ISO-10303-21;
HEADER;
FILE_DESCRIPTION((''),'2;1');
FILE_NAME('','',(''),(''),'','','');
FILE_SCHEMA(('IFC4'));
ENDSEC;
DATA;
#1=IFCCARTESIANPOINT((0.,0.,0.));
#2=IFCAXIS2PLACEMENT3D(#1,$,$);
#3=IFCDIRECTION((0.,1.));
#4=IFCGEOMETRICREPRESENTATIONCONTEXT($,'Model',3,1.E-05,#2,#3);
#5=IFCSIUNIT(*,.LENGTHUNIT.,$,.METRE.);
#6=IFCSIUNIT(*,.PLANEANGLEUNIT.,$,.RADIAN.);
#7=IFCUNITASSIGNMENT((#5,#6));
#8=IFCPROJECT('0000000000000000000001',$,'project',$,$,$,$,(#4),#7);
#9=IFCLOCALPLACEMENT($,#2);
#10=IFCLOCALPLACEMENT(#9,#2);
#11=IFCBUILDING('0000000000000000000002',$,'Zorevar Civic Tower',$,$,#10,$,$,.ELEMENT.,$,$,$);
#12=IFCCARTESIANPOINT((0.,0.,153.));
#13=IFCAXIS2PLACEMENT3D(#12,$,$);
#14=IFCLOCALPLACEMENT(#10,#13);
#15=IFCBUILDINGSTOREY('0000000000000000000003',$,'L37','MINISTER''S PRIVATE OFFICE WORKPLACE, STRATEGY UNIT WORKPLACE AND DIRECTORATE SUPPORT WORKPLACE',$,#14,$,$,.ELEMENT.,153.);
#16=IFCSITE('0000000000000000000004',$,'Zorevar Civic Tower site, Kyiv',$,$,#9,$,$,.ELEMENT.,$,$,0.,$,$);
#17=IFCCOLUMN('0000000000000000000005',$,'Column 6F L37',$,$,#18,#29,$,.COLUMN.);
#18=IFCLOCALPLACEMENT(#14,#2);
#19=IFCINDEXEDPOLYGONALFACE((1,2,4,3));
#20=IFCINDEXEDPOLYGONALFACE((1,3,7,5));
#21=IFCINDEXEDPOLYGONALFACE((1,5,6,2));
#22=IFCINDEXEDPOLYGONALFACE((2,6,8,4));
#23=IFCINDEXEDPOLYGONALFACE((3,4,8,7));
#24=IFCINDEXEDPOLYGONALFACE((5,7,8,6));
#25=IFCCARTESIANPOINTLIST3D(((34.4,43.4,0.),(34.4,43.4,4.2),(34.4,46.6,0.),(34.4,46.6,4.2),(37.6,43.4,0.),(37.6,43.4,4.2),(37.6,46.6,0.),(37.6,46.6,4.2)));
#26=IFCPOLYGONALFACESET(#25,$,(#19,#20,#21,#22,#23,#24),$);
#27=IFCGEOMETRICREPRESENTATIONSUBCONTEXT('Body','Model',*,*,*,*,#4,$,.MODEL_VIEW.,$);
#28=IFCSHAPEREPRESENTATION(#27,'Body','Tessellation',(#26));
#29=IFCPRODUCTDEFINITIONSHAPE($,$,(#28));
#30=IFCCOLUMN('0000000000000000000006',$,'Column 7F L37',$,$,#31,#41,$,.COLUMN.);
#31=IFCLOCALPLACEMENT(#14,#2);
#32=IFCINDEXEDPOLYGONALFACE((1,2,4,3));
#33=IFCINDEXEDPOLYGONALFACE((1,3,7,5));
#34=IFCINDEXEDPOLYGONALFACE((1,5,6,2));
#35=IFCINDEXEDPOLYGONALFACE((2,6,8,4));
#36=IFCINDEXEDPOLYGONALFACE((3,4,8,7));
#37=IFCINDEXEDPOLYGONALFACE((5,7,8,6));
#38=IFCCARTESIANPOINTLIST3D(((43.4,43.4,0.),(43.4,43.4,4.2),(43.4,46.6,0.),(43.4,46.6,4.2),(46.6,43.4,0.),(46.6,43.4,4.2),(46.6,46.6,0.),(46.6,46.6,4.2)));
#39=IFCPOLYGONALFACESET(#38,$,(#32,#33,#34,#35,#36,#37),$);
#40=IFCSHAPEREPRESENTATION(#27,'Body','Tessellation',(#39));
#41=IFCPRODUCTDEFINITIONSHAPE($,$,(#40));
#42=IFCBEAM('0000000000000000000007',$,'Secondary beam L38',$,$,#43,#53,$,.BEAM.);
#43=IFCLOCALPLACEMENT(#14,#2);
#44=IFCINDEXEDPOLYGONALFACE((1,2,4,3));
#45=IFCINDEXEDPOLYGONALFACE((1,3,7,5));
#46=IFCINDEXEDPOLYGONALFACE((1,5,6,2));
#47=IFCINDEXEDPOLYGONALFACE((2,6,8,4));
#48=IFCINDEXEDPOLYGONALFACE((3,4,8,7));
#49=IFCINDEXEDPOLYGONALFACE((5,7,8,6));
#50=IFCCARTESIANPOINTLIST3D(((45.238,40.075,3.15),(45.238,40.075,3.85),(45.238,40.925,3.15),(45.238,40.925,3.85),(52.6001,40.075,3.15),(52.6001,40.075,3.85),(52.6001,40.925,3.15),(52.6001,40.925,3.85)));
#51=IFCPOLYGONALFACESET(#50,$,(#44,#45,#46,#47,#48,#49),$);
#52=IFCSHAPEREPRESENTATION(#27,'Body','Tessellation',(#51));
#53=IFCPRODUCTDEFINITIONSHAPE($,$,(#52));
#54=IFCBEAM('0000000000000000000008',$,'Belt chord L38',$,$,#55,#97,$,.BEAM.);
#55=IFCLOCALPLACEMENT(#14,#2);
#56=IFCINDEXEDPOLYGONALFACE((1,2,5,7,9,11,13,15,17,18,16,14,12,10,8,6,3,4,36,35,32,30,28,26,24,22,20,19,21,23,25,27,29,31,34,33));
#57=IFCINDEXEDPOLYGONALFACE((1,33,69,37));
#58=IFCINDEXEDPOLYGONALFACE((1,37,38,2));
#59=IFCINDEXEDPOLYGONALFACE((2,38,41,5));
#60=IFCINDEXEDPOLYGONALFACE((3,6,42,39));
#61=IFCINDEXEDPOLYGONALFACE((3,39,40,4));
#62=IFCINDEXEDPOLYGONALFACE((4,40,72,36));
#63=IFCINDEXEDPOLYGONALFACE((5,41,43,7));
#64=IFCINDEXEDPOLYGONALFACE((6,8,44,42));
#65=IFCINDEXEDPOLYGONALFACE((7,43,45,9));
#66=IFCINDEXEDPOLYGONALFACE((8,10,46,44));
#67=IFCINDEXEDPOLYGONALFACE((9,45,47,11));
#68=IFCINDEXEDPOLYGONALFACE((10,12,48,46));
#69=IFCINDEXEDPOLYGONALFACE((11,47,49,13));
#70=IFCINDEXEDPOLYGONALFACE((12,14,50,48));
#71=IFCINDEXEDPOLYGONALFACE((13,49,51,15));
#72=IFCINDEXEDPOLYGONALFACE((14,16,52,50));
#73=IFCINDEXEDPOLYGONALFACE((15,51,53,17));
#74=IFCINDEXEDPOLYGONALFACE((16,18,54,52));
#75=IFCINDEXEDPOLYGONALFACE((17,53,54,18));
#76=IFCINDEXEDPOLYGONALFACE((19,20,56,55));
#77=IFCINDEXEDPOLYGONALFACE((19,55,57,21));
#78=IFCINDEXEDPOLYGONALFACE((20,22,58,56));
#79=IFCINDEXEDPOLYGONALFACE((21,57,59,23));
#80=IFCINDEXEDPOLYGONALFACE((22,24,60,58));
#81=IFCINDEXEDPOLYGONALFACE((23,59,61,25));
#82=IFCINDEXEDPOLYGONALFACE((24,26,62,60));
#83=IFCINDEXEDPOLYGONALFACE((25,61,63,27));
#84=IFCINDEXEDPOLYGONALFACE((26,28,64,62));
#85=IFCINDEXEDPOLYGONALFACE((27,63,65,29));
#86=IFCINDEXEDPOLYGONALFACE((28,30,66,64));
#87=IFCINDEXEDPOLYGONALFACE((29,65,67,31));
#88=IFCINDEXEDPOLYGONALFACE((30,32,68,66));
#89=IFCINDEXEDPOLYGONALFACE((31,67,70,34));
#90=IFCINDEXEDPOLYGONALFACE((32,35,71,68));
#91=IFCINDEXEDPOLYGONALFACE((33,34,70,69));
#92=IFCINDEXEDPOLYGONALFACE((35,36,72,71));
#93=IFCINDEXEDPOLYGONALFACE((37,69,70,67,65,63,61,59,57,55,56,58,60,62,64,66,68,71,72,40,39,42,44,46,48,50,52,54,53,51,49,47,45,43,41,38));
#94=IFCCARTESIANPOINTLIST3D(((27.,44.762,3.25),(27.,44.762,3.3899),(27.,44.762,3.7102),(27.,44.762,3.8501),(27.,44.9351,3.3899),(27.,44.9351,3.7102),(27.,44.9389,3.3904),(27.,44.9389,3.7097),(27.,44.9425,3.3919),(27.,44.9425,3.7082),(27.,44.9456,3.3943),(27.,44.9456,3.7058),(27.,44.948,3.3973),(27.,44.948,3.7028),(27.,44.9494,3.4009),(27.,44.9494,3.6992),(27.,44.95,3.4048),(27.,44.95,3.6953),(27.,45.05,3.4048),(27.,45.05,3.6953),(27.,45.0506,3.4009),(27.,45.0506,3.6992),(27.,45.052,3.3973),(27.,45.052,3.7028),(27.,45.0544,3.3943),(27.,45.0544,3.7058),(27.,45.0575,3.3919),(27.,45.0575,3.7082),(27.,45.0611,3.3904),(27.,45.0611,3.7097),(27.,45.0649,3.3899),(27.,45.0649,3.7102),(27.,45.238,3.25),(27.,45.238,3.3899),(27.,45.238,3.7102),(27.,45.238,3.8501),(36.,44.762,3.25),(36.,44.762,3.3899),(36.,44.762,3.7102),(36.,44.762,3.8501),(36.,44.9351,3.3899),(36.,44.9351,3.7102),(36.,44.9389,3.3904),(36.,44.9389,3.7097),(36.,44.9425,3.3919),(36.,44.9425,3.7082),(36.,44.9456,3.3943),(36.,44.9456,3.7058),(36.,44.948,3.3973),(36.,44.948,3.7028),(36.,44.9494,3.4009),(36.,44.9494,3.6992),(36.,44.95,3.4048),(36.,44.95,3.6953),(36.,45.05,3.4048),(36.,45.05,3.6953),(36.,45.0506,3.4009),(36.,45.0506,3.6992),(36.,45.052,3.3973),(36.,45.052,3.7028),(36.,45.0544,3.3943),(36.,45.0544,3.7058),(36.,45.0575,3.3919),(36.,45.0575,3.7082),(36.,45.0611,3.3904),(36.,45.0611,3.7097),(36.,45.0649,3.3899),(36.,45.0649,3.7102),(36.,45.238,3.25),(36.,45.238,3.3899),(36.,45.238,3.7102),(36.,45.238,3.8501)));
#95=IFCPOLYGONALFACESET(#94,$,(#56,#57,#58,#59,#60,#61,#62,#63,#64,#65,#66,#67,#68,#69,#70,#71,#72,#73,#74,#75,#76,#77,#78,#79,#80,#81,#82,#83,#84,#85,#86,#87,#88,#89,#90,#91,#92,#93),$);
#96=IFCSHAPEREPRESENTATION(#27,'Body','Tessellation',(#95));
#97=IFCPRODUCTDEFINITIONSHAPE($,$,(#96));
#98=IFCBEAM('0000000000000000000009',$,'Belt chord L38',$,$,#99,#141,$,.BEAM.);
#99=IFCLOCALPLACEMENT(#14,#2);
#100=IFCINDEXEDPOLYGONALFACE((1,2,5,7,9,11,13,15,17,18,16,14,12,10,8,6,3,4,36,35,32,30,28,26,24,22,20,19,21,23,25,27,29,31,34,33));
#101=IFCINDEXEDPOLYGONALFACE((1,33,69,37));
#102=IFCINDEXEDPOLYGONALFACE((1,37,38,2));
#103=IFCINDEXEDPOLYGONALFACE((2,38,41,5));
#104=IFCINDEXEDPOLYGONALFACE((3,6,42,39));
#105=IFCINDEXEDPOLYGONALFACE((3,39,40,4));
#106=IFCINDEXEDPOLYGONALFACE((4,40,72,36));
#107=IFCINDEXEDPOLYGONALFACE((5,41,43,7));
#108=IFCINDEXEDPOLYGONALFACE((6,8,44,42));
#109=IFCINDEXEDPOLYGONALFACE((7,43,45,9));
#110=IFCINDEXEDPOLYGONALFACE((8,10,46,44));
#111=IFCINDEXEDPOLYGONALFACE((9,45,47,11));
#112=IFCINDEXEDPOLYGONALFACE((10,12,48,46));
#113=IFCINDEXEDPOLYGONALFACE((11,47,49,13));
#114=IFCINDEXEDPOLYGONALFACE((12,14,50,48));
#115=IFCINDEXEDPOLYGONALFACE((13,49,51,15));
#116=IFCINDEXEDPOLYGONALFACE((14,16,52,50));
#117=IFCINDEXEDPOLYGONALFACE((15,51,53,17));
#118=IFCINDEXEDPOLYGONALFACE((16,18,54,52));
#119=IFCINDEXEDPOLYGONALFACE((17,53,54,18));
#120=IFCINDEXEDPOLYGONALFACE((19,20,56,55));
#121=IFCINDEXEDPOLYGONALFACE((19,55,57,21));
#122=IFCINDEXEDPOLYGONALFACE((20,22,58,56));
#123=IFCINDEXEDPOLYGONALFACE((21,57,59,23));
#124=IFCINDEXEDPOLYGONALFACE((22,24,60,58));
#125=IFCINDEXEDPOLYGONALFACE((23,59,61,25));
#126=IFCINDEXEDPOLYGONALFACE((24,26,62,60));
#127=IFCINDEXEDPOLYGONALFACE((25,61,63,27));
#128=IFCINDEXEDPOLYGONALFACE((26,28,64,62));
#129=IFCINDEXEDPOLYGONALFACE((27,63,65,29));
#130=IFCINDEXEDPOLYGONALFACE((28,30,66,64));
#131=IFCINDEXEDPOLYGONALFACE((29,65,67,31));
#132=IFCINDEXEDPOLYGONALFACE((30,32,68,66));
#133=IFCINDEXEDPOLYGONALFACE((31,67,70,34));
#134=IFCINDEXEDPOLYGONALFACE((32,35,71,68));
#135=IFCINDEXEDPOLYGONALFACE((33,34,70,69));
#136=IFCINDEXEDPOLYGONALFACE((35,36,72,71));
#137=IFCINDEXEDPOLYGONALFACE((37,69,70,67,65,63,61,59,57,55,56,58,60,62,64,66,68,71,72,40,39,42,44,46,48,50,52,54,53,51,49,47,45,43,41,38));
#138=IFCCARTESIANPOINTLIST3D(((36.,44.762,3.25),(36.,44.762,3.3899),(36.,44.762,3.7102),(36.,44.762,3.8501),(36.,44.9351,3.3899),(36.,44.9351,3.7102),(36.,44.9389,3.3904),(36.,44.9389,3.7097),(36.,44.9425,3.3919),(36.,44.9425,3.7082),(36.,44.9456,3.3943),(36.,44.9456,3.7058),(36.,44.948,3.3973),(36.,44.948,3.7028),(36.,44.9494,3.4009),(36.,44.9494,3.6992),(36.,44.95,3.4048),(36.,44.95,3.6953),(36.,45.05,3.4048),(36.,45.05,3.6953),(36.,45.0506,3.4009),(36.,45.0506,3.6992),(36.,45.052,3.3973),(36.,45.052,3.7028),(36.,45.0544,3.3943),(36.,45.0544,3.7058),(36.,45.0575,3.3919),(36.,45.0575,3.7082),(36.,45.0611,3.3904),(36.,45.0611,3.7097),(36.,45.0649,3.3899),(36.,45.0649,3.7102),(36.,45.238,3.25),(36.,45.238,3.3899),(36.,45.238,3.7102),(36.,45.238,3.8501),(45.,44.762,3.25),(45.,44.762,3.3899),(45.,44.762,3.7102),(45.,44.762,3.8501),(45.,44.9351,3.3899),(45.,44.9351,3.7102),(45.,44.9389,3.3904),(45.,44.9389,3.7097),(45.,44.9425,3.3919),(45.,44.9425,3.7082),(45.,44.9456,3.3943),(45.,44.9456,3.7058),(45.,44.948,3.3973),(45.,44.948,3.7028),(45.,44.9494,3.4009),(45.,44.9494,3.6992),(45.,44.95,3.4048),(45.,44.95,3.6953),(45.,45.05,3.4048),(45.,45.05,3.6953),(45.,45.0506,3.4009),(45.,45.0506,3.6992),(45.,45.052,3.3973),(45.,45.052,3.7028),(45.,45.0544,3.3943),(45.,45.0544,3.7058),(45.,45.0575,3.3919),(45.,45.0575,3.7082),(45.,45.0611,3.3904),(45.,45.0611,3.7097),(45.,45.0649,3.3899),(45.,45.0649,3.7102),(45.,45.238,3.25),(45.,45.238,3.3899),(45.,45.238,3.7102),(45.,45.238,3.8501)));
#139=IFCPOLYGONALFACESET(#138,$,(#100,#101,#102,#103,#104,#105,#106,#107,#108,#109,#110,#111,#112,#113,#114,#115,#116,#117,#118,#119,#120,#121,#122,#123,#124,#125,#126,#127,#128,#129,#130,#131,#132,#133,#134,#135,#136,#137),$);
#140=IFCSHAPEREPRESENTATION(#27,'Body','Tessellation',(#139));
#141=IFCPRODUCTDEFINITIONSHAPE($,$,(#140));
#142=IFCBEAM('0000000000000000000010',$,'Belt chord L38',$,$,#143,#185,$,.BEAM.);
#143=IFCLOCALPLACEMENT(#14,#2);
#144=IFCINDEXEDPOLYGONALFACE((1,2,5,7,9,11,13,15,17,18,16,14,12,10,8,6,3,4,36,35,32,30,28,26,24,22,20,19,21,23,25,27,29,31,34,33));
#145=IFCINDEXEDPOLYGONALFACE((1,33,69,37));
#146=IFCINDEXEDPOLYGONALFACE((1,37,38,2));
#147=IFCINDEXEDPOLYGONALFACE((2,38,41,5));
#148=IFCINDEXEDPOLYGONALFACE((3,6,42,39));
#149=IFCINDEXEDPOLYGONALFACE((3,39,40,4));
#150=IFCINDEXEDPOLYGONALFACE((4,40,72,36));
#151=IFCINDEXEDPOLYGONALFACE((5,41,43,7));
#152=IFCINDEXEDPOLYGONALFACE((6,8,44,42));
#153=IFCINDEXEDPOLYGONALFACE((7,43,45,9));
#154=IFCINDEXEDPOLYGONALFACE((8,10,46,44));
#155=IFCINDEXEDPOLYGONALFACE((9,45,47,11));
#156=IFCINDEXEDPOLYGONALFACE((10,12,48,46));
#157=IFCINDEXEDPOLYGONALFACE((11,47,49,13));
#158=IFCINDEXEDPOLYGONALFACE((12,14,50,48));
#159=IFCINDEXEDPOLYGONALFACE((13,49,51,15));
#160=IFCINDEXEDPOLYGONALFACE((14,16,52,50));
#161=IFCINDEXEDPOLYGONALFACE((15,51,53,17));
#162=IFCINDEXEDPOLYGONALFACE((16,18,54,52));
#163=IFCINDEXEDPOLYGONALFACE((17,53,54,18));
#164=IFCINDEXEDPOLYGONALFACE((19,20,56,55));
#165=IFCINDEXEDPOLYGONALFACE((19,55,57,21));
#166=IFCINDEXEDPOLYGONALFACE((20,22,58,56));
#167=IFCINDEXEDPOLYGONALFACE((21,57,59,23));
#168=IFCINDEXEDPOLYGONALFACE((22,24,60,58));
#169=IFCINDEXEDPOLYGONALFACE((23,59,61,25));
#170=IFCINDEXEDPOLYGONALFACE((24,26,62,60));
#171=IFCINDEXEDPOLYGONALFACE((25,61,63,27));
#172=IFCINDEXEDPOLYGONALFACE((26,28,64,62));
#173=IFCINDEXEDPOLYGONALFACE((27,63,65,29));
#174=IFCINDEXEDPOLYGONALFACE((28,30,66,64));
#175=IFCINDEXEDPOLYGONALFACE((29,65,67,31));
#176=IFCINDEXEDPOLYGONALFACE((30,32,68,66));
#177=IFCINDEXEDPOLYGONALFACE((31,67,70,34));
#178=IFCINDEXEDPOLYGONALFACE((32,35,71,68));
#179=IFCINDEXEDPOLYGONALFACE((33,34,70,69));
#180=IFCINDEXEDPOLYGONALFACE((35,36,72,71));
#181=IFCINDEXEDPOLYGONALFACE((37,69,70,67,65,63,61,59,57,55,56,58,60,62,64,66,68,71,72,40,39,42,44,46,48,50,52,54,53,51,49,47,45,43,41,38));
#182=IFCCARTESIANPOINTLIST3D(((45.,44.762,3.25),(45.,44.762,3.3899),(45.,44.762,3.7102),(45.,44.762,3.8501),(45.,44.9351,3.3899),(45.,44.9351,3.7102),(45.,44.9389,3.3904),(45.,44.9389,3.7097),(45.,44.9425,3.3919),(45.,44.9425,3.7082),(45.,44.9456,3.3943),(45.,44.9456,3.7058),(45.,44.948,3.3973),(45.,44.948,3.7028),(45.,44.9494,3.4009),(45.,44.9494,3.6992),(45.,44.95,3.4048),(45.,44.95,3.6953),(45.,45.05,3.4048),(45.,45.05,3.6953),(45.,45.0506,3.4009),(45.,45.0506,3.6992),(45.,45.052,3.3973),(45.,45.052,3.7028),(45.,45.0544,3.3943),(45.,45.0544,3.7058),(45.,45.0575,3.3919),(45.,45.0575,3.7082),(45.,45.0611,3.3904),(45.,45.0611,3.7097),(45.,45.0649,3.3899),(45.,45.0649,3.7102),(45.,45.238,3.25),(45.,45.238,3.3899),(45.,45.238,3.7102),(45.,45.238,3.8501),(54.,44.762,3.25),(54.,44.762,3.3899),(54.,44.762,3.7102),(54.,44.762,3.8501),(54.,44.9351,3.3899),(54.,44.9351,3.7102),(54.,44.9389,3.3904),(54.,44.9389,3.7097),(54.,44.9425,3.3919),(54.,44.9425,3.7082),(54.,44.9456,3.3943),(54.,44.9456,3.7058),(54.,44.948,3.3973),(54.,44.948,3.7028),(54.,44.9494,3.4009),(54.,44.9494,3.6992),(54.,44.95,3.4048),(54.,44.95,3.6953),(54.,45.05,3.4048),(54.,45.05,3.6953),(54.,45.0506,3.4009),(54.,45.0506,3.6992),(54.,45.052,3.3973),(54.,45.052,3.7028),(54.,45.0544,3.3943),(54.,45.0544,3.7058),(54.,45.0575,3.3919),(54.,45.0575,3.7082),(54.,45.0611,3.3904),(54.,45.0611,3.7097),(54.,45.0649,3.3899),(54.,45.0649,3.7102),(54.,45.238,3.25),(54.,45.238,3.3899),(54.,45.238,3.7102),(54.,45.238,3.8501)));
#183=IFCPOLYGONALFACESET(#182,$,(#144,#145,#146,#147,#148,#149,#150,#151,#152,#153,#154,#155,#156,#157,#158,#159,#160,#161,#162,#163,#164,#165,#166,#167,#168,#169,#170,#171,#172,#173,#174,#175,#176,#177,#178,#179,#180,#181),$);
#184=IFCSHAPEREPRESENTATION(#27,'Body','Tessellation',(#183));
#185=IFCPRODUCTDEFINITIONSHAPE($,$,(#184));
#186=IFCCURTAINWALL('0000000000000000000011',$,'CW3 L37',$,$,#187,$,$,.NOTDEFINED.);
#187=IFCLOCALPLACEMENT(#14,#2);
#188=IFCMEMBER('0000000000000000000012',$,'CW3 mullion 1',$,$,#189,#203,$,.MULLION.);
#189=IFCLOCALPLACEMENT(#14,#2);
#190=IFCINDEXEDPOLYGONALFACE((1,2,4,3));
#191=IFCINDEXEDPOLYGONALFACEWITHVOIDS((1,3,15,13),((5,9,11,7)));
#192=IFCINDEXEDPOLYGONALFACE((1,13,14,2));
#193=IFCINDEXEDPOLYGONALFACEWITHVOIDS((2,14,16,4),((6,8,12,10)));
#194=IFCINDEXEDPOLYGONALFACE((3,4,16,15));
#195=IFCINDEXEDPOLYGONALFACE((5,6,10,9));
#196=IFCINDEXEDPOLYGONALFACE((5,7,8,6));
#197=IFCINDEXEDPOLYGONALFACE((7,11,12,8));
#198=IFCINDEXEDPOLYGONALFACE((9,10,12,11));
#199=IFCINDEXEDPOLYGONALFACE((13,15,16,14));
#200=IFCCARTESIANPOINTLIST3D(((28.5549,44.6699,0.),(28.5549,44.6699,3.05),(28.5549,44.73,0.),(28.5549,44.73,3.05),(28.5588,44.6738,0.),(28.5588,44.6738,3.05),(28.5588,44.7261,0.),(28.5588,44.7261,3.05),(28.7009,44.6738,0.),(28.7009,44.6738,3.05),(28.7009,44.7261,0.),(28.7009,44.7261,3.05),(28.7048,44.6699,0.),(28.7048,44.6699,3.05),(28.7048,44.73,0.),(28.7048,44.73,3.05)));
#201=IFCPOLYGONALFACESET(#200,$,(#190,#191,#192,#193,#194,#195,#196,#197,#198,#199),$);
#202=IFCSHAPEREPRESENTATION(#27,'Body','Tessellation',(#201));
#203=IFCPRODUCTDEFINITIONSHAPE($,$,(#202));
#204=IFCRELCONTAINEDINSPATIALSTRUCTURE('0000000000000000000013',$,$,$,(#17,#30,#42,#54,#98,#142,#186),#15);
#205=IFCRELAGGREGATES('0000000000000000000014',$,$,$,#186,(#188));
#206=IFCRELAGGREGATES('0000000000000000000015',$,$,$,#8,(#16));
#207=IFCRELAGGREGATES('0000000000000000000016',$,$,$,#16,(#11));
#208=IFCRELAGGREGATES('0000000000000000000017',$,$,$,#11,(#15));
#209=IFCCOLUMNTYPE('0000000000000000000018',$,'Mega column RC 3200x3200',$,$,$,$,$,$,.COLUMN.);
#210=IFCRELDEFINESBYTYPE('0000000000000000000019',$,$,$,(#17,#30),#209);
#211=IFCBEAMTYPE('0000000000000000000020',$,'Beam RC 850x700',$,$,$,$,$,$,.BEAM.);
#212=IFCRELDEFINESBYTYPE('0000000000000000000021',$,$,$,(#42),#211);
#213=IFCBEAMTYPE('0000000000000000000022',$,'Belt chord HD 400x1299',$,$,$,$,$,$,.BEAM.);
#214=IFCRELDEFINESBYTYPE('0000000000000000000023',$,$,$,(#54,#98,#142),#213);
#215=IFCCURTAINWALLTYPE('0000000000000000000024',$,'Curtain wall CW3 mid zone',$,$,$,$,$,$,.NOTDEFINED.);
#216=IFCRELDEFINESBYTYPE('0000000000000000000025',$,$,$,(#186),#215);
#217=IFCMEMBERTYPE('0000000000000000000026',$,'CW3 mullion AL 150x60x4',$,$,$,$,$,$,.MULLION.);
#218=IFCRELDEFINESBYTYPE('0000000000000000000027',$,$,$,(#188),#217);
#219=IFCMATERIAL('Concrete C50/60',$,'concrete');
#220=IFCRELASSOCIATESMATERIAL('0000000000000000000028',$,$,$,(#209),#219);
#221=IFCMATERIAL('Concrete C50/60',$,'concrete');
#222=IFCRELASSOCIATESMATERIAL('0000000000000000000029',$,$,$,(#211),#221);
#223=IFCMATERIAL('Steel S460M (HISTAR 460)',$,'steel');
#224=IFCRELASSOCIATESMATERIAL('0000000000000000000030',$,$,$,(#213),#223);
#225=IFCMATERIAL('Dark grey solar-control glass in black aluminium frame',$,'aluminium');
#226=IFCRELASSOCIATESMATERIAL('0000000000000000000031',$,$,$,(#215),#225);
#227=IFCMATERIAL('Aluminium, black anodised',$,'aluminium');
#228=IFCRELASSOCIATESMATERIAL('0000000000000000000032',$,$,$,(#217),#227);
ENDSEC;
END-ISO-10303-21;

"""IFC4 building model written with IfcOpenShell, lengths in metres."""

from ifc_helpers import new_model, si_unit, direction, frame, origin, origin_2d, place, context, subcontext, project, spatial, rectangle, hollow_rectangle, i_section, extrude, material, material_profile, profile_set, type_object, element, aggregate, save


model = new_model("IFC4")

# Units and contexts
model_context = context("Model", 3, precision=1e-05, world=origin(), true_north=direction((0.0, 1.0)))
body_context = subcontext(model_context, "Body", "Model", "MODEL_VIEW")
ifc_project = project(units=[si_unit("LENGTHUNIT", "METRE"), si_unit("PLANEANGLEUNIT", "RADIAN")], contexts=[model_context])

# Site, building, storey
site_placement = place(None, origin())
site = spatial("IfcSite", under=ifc_project, at=site_placement, Name="Zorevar Civic Tower site, Kyiv", CompositionType="ELEMENT", RefElevation=0.0)
building_placement = place(site_placement, origin())
building = spatial("IfcBuilding", under=site, at=building_placement, Name="Zorevar Civic Tower", CompositionType="ELEMENT")
storey_placement = place(building_placement, frame((0.0, 0.0, 153.0)))
storey = spatial("IfcBuildingStorey", under=building, at=storey_placement, Name="L37", Description="MINISTER'S PRIVATE OFFICE WORKPLACE, STRATEGY UNIT WORKPLACE AND DIRECTORATE SUPPORT WORKPLACE", CompositionType="ELEMENT", Elevation=153.0)

# Columns
ifc_material_1 = material(Name="Concrete C50/60", Category="concrete")
ifc_material_profile_1 = material_profile(ifc_material_1, rectangle(XDim=3.2, YDim=3.2, at=origin_2d()), Name="RC 3200x3200")
ifc_profile_set_1 = profile_set([ifc_material_profile_1], Name="Concrete C50/60")
column_type = type_object("IfcColumnType", Name="Mega column RC 3200x3200", PredefinedType="COLUMN", material=ifc_profile_set_1)
for number, where, z_axis, x_axis, name in (
    (1, (36.0, 45.0, 0.0), (0.0, 0.0, 1.0), (1.0, 0.0, 0.0), "Column 6F L37"),
    (2, (45.0, 45.0, 0.0), (0.0, 0.0, 1.0), (1.0, 0.0, 0.0), "Column 7F L37"),
):
    element("IfcColumn", number, at=place(storey_placement, frame(where, z_axis=z_axis, x_axis=x_axis)), inside=storey, type_object=column_type, Name=name, PredefinedType="COLUMN", context=body_context, shape_type="SweptSolid", body=[
        extrude(rectangle(XDim=3.2, YDim=3.2, at=origin_2d()), origin(), (0.0, 0.0, 1.0), 4.2),
    ])

# Beams
ifc_material_2 = material(Name="Concrete C50/60", Category="concrete")
ifc_material_profile_2 = material_profile(ifc_material_2, rectangle(XDim=0.8501, YDim=0.7, at=origin_2d()), Name="RC 850x700")
ifc_profile_set_2 = profile_set([ifc_material_profile_2], Name="Concrete C50/60")
beam_type_1 = type_object("IfcBeamType", Name="Beam RC 850x700", PredefinedType="BEAM", material=ifc_profile_set_2)
beam_1_placement = place(storey_placement, frame((45.238, 40.5, 3.5), z_axis=(1.0, 0.0, 0.0), x_axis=(0.0, 1.0, 0.0)))
element("IfcBeam", 3, at=beam_1_placement, inside=storey, type_object=beam_type_1, Name="Secondary beam L38", PredefinedType="BEAM", context=body_context, shape_type="SweptSolid", body=[
    extrude(rectangle(XDim=0.8501, YDim=0.7, at=origin_2d()), origin(), (0.0, 0.0, 1.0), 7.3621),
])
ifc_material_3 = material(Name="Steel S460M (HISTAR 460)", Category="steel")
ifc_material_profile_3 = material_profile(ifc_material_3, i_section(OverallWidth=0.4761, OverallDepth=0.6001, WebThickness=0.1001, FlangeThickness=0.1399, FilletRadius=0.0149, at=origin_2d()), Name="HD 400x1299")
ifc_profile_set_3 = profile_set([ifc_material_profile_3], Name="Steel S460M (HISTAR 460)")
beam_type_2 = type_object("IfcBeamType", Name="Belt chord HD 400x1299", PredefinedType="BEAM", material=ifc_profile_set_3)
for number, where, z_axis, x_axis, name in (
    (4, (27.0, 45.0, 3.55), (1.0, 0.0, 0.0), (0.0, 1.0, 0.0), "Belt chord L38"),
    (5, (36.0, 45.0, 3.55), (1.0, 0.0, 0.0), (0.0, 1.0, 0.0), "Belt chord L38"),
    (6, (45.0, 45.0, 3.55), (1.0, 0.0, 0.0), (0.0, 1.0, 0.0), "Belt chord L38"),
):
    element("IfcBeam", number, at=place(storey_placement, frame(where, z_axis=z_axis, x_axis=x_axis)), inside=storey, type_object=beam_type_2, Name=name, PredefinedType="BEAM", context=body_context, shape_type="SweptSolid", body=[
        extrude(i_section(OverallWidth=0.4761, OverallDepth=0.6001, WebThickness=0.1001, FlangeThickness=0.1399, FilletRadius=0.0149, at=origin_2d()), origin(), (0.0, 0.0, 1.0), 9.0),
    ])

# Curtain wall, member
ifc_material_4 = material(Name="Dark grey solar-control glass in black aluminium frame", Category="aluminium")
curtain_wall_type = type_object("IfcCurtainWallType", Name="Curtain wall CW3 mid zone", PredefinedType="NOTDEFINED", material=ifc_material_4)
curtain_wall_1_placement = place(storey_placement, origin())
curtain_wall_1 = element("IfcCurtainWall", 7, at=curtain_wall_1_placement, inside=storey, type_object=curtain_wall_type, Name="CW3 L37", PredefinedType="NOTDEFINED")
ifc_material_5 = material(Name="Aluminium, black anodised", Category="aluminium")
ifc_material_profile_4 = material_profile(ifc_material_5, hollow_rectangle(XDim=0.0601, YDim=0.1499, WallThickness=0.0039, at=origin_2d()), Name="AL 150x60x4")
ifc_profile_set_4 = profile_set([ifc_material_profile_4], Name="Aluminium, black anodised")
member_type_1 = type_object("IfcMemberType", Name="CW3 mullion AL 150x60x4", PredefinedType="MULLION", material=ifc_profile_set_4)
member_1_placement = place(storey_placement, frame((28.6299, 44.7, 0.0), z_axis=(0.0, 0.0, 1.0), x_axis=(0.0, 1.0, 0.0)))
member_1 = element("IfcMember", 8, at=member_1_placement, type_object=member_type_1, Name="CW3 mullion 1", PredefinedType="MULLION", context=body_context, shape_type="SweptSolid", body=[
    extrude(hollow_rectangle(XDim=0.0601, YDim=0.1499, WallThickness=0.0039, at=origin_2d()), origin(), (0.0, 0.0, 1.0), 3.05),
])

aggregate(curtain_wall_1, [member_1])

save(model, "model.ifc")
